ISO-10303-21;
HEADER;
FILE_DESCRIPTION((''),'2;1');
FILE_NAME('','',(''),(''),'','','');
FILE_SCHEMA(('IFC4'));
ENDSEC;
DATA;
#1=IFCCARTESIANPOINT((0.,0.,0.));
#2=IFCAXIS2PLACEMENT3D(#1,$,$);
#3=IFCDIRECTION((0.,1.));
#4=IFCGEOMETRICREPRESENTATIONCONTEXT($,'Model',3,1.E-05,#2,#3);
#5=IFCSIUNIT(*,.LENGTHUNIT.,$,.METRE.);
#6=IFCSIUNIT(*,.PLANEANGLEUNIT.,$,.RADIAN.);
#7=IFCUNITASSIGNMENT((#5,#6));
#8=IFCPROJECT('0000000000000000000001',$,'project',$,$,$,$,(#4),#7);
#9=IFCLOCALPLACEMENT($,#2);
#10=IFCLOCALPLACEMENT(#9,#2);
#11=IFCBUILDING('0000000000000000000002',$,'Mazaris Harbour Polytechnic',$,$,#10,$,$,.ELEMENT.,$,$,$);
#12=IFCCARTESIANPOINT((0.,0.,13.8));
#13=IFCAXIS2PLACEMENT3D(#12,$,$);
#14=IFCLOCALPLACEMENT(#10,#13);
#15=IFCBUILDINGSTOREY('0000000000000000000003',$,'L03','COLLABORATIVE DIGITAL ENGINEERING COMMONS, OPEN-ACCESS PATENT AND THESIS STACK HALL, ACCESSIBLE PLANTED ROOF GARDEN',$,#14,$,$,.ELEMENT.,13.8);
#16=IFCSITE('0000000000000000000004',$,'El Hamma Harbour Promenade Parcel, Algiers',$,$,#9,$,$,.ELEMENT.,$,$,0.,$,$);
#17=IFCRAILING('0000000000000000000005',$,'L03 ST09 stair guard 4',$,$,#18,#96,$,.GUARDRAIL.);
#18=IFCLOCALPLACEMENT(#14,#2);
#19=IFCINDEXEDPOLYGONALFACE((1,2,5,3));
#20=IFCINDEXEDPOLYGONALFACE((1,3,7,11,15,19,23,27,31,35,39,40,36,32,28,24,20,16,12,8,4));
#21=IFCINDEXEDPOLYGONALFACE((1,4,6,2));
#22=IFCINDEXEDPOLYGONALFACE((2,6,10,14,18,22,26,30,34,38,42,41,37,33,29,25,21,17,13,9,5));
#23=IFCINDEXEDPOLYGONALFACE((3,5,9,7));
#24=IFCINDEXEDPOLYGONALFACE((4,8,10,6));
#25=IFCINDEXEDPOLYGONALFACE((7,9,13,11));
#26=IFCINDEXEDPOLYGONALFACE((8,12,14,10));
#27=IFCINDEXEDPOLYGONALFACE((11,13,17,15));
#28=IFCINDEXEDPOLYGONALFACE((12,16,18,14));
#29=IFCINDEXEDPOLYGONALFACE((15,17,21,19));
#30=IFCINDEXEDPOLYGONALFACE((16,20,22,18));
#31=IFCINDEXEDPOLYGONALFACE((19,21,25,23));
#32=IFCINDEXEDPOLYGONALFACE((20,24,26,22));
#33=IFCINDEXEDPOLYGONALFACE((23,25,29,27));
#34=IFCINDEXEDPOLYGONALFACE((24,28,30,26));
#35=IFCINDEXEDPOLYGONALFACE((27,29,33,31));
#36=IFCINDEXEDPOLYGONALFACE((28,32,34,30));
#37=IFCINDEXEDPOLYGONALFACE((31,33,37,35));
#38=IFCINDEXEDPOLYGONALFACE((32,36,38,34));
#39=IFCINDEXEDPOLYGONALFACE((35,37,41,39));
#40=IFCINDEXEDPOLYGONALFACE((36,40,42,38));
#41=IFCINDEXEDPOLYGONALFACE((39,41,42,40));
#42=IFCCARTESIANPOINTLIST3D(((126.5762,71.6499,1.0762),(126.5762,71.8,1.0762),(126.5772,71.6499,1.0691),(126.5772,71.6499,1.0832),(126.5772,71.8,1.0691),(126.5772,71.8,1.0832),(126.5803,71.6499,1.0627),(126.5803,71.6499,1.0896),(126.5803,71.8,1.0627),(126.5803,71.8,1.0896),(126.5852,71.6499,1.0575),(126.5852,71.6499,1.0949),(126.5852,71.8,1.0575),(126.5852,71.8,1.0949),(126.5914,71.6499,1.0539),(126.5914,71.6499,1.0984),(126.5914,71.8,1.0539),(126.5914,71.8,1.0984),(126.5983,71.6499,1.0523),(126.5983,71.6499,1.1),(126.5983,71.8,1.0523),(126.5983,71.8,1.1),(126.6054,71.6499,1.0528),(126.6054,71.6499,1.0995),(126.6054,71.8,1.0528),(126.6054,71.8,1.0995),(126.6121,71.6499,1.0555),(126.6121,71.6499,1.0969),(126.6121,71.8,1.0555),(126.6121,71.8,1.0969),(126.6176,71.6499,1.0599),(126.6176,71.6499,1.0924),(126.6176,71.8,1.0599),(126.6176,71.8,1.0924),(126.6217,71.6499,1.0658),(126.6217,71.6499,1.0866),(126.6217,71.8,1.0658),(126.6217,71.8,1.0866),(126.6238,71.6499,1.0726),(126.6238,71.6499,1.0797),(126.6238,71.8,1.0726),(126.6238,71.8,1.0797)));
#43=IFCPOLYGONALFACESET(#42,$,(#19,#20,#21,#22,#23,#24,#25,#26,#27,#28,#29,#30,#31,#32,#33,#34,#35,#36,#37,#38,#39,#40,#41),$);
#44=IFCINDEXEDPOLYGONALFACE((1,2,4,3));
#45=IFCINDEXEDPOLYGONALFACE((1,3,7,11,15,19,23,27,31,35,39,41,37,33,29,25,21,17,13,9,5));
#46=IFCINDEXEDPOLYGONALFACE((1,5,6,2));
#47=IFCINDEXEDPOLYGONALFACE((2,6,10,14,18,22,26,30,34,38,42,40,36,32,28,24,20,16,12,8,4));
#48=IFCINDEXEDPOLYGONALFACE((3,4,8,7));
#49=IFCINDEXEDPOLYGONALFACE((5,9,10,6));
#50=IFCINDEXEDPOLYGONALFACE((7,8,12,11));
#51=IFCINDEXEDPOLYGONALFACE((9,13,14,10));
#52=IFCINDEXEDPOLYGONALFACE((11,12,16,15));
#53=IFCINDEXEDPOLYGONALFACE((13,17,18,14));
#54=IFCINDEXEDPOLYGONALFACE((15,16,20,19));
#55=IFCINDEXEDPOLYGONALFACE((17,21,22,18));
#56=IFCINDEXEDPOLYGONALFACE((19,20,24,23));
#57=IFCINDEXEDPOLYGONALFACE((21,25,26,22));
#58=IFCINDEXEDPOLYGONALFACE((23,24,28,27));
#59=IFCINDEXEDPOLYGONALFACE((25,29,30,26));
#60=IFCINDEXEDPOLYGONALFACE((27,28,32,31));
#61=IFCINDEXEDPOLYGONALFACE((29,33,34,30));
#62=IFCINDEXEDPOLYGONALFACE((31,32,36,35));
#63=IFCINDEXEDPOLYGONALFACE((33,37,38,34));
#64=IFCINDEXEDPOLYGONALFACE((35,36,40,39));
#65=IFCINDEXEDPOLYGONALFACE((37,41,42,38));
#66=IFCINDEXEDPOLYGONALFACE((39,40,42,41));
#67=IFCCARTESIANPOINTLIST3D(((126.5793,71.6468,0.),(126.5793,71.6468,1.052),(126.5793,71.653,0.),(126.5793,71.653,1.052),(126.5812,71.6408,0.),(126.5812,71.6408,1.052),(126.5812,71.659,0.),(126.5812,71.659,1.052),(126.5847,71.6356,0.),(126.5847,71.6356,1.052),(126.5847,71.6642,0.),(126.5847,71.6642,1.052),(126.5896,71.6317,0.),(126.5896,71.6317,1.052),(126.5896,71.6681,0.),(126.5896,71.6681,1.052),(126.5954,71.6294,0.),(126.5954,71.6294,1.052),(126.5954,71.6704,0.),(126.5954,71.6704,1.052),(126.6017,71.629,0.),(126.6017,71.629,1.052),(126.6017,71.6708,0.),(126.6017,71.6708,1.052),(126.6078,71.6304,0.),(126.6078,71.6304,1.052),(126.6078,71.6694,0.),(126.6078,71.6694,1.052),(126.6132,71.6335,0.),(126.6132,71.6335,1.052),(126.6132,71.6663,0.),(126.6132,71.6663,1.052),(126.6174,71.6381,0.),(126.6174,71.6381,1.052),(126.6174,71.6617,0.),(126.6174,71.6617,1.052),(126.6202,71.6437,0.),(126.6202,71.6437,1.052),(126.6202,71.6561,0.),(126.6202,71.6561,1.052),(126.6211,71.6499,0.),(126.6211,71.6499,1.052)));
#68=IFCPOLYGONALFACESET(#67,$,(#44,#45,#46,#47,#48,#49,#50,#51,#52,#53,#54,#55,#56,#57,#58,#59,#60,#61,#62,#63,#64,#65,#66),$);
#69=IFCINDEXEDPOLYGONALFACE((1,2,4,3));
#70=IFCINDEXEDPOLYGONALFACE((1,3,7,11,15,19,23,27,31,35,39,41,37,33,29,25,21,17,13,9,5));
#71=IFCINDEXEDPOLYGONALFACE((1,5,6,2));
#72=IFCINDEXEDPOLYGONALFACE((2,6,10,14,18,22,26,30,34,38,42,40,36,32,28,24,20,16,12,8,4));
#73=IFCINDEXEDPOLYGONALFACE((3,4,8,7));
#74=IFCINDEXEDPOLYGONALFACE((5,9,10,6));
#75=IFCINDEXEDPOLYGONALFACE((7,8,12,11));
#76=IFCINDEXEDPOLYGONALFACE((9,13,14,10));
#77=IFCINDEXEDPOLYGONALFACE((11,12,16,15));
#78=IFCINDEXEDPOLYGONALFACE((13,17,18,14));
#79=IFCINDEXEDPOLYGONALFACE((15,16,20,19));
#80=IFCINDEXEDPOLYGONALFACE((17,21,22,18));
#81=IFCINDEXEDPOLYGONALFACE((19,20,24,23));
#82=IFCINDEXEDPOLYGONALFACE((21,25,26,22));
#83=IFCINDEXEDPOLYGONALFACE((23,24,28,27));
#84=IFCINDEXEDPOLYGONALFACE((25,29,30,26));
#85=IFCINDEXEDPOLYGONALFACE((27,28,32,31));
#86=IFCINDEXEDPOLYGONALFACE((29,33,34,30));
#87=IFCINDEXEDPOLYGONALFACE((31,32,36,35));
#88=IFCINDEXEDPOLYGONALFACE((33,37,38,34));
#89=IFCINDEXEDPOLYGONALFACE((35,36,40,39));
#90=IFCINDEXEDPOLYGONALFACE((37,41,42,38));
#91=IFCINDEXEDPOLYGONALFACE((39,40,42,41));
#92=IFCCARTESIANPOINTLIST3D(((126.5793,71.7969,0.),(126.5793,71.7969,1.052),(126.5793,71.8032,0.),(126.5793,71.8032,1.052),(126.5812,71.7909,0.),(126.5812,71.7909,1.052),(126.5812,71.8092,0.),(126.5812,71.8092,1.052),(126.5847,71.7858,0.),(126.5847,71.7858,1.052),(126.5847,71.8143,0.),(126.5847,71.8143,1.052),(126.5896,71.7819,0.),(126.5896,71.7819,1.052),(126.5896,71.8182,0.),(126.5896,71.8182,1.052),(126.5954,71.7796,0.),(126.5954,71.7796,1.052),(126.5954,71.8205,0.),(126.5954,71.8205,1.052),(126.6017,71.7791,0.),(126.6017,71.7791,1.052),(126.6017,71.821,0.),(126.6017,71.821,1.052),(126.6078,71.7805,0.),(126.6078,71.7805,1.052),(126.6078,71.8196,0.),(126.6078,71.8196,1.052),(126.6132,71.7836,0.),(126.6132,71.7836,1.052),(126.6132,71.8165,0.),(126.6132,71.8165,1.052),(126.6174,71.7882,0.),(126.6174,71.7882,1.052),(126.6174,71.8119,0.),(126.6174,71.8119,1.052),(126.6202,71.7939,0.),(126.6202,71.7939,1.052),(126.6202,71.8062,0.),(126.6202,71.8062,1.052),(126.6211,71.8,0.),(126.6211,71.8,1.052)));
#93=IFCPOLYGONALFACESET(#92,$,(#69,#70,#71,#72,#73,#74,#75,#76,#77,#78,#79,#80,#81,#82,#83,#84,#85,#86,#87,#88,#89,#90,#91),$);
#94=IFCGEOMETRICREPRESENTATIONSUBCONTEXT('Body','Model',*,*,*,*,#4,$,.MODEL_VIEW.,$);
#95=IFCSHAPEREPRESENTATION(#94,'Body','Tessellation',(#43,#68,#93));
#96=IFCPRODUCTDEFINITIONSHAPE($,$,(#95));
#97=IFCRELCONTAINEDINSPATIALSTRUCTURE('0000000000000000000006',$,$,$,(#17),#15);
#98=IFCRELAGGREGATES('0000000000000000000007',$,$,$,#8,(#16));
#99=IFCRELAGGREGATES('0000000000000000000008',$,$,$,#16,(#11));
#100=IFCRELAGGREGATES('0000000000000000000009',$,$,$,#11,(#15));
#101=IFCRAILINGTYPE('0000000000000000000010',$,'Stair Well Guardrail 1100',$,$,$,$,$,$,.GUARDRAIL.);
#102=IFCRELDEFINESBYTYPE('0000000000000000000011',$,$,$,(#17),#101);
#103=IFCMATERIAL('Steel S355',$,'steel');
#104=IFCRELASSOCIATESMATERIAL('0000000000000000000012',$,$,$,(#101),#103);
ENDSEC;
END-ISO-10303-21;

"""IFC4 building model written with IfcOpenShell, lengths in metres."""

from ifc_helpers import new_model, si_unit, direction, frame, origin, origin_2d, place, context, subcontext, project, spatial, circle, extrude, material, type_object, element, save


model = new_model("IFC4")

# Units and contexts
model_context = context("Model", 3, precision=1e-05, world=origin(), true_north=direction((0.0, 1.0)))
body_context = subcontext(model_context, "Body", "Model", "MODEL_VIEW")
ifc_project = project(units=[si_unit("LENGTHUNIT", "METRE"), si_unit("PLANEANGLEUNIT", "RADIAN")], contexts=[model_context])

# Site, building, storey
site_placement = place(None, origin())
site = spatial("IfcSite", under=ifc_project, at=site_placement, Name="El Hamma Harbour Promenade Parcel, Algiers", CompositionType="ELEMENT", RefElevation=0.0)
building_placement = place(site_placement, origin())
building = spatial("IfcBuilding", under=site, at=building_placement, Name="Mazaris Harbour Polytechnic", CompositionType="ELEMENT")
storey_placement = place(building_placement, frame((0.0, 0.0, 13.8)))
storey = spatial("IfcBuildingStorey", under=building, at=storey_placement, Name="L03", Description="COLLABORATIVE DIGITAL ENGINEERING COMMONS, OPEN-ACCESS PATENT AND THESIS STACK HALL, ACCESSIBLE PLANTED ROOF GARDEN", CompositionType="ELEMENT", Elevation=13.8)

# Railing
ifc_material_1 = material(Name="Steel S355", Category="steel")
railing_type_1 = type_object("IfcRailingType", Name="Stair Well Guardrail 1100", PredefinedType="GUARDRAIL", material=ifc_material_1)
railing_1_placement = place(storey_placement, frame((126.6001, 71.6499, 0.0)))
element("IfcRailing", 1, at=railing_1_placement, inside=storey, type_object=railing_type_1, Name="L03 ST09 stair guard 4", PredefinedType="GUARDRAIL", context=body_context, shape_type="SweptSolid", body=[
    extrude(circle(Radius=0.0239, at=origin_2d()), frame((0.0, 0.0, 1.0762), z_axis=(0.0, 1.0, 0.0), x_axis=(-1.0, 0.0, 0.0)), (0.0, 0.0, 1.0), 0.1501),
    extrude(circle(Radius=0.021, at=origin_2d()), origin(), (0.0, 0.0, 1.0), 1.052),
    extrude(circle(Radius=0.021, at=origin_2d()), frame((0.0, 0.1501, 0.0)), (0.0, 0.0, 1.0), 1.052),
])

save(model, "model.ifc")
